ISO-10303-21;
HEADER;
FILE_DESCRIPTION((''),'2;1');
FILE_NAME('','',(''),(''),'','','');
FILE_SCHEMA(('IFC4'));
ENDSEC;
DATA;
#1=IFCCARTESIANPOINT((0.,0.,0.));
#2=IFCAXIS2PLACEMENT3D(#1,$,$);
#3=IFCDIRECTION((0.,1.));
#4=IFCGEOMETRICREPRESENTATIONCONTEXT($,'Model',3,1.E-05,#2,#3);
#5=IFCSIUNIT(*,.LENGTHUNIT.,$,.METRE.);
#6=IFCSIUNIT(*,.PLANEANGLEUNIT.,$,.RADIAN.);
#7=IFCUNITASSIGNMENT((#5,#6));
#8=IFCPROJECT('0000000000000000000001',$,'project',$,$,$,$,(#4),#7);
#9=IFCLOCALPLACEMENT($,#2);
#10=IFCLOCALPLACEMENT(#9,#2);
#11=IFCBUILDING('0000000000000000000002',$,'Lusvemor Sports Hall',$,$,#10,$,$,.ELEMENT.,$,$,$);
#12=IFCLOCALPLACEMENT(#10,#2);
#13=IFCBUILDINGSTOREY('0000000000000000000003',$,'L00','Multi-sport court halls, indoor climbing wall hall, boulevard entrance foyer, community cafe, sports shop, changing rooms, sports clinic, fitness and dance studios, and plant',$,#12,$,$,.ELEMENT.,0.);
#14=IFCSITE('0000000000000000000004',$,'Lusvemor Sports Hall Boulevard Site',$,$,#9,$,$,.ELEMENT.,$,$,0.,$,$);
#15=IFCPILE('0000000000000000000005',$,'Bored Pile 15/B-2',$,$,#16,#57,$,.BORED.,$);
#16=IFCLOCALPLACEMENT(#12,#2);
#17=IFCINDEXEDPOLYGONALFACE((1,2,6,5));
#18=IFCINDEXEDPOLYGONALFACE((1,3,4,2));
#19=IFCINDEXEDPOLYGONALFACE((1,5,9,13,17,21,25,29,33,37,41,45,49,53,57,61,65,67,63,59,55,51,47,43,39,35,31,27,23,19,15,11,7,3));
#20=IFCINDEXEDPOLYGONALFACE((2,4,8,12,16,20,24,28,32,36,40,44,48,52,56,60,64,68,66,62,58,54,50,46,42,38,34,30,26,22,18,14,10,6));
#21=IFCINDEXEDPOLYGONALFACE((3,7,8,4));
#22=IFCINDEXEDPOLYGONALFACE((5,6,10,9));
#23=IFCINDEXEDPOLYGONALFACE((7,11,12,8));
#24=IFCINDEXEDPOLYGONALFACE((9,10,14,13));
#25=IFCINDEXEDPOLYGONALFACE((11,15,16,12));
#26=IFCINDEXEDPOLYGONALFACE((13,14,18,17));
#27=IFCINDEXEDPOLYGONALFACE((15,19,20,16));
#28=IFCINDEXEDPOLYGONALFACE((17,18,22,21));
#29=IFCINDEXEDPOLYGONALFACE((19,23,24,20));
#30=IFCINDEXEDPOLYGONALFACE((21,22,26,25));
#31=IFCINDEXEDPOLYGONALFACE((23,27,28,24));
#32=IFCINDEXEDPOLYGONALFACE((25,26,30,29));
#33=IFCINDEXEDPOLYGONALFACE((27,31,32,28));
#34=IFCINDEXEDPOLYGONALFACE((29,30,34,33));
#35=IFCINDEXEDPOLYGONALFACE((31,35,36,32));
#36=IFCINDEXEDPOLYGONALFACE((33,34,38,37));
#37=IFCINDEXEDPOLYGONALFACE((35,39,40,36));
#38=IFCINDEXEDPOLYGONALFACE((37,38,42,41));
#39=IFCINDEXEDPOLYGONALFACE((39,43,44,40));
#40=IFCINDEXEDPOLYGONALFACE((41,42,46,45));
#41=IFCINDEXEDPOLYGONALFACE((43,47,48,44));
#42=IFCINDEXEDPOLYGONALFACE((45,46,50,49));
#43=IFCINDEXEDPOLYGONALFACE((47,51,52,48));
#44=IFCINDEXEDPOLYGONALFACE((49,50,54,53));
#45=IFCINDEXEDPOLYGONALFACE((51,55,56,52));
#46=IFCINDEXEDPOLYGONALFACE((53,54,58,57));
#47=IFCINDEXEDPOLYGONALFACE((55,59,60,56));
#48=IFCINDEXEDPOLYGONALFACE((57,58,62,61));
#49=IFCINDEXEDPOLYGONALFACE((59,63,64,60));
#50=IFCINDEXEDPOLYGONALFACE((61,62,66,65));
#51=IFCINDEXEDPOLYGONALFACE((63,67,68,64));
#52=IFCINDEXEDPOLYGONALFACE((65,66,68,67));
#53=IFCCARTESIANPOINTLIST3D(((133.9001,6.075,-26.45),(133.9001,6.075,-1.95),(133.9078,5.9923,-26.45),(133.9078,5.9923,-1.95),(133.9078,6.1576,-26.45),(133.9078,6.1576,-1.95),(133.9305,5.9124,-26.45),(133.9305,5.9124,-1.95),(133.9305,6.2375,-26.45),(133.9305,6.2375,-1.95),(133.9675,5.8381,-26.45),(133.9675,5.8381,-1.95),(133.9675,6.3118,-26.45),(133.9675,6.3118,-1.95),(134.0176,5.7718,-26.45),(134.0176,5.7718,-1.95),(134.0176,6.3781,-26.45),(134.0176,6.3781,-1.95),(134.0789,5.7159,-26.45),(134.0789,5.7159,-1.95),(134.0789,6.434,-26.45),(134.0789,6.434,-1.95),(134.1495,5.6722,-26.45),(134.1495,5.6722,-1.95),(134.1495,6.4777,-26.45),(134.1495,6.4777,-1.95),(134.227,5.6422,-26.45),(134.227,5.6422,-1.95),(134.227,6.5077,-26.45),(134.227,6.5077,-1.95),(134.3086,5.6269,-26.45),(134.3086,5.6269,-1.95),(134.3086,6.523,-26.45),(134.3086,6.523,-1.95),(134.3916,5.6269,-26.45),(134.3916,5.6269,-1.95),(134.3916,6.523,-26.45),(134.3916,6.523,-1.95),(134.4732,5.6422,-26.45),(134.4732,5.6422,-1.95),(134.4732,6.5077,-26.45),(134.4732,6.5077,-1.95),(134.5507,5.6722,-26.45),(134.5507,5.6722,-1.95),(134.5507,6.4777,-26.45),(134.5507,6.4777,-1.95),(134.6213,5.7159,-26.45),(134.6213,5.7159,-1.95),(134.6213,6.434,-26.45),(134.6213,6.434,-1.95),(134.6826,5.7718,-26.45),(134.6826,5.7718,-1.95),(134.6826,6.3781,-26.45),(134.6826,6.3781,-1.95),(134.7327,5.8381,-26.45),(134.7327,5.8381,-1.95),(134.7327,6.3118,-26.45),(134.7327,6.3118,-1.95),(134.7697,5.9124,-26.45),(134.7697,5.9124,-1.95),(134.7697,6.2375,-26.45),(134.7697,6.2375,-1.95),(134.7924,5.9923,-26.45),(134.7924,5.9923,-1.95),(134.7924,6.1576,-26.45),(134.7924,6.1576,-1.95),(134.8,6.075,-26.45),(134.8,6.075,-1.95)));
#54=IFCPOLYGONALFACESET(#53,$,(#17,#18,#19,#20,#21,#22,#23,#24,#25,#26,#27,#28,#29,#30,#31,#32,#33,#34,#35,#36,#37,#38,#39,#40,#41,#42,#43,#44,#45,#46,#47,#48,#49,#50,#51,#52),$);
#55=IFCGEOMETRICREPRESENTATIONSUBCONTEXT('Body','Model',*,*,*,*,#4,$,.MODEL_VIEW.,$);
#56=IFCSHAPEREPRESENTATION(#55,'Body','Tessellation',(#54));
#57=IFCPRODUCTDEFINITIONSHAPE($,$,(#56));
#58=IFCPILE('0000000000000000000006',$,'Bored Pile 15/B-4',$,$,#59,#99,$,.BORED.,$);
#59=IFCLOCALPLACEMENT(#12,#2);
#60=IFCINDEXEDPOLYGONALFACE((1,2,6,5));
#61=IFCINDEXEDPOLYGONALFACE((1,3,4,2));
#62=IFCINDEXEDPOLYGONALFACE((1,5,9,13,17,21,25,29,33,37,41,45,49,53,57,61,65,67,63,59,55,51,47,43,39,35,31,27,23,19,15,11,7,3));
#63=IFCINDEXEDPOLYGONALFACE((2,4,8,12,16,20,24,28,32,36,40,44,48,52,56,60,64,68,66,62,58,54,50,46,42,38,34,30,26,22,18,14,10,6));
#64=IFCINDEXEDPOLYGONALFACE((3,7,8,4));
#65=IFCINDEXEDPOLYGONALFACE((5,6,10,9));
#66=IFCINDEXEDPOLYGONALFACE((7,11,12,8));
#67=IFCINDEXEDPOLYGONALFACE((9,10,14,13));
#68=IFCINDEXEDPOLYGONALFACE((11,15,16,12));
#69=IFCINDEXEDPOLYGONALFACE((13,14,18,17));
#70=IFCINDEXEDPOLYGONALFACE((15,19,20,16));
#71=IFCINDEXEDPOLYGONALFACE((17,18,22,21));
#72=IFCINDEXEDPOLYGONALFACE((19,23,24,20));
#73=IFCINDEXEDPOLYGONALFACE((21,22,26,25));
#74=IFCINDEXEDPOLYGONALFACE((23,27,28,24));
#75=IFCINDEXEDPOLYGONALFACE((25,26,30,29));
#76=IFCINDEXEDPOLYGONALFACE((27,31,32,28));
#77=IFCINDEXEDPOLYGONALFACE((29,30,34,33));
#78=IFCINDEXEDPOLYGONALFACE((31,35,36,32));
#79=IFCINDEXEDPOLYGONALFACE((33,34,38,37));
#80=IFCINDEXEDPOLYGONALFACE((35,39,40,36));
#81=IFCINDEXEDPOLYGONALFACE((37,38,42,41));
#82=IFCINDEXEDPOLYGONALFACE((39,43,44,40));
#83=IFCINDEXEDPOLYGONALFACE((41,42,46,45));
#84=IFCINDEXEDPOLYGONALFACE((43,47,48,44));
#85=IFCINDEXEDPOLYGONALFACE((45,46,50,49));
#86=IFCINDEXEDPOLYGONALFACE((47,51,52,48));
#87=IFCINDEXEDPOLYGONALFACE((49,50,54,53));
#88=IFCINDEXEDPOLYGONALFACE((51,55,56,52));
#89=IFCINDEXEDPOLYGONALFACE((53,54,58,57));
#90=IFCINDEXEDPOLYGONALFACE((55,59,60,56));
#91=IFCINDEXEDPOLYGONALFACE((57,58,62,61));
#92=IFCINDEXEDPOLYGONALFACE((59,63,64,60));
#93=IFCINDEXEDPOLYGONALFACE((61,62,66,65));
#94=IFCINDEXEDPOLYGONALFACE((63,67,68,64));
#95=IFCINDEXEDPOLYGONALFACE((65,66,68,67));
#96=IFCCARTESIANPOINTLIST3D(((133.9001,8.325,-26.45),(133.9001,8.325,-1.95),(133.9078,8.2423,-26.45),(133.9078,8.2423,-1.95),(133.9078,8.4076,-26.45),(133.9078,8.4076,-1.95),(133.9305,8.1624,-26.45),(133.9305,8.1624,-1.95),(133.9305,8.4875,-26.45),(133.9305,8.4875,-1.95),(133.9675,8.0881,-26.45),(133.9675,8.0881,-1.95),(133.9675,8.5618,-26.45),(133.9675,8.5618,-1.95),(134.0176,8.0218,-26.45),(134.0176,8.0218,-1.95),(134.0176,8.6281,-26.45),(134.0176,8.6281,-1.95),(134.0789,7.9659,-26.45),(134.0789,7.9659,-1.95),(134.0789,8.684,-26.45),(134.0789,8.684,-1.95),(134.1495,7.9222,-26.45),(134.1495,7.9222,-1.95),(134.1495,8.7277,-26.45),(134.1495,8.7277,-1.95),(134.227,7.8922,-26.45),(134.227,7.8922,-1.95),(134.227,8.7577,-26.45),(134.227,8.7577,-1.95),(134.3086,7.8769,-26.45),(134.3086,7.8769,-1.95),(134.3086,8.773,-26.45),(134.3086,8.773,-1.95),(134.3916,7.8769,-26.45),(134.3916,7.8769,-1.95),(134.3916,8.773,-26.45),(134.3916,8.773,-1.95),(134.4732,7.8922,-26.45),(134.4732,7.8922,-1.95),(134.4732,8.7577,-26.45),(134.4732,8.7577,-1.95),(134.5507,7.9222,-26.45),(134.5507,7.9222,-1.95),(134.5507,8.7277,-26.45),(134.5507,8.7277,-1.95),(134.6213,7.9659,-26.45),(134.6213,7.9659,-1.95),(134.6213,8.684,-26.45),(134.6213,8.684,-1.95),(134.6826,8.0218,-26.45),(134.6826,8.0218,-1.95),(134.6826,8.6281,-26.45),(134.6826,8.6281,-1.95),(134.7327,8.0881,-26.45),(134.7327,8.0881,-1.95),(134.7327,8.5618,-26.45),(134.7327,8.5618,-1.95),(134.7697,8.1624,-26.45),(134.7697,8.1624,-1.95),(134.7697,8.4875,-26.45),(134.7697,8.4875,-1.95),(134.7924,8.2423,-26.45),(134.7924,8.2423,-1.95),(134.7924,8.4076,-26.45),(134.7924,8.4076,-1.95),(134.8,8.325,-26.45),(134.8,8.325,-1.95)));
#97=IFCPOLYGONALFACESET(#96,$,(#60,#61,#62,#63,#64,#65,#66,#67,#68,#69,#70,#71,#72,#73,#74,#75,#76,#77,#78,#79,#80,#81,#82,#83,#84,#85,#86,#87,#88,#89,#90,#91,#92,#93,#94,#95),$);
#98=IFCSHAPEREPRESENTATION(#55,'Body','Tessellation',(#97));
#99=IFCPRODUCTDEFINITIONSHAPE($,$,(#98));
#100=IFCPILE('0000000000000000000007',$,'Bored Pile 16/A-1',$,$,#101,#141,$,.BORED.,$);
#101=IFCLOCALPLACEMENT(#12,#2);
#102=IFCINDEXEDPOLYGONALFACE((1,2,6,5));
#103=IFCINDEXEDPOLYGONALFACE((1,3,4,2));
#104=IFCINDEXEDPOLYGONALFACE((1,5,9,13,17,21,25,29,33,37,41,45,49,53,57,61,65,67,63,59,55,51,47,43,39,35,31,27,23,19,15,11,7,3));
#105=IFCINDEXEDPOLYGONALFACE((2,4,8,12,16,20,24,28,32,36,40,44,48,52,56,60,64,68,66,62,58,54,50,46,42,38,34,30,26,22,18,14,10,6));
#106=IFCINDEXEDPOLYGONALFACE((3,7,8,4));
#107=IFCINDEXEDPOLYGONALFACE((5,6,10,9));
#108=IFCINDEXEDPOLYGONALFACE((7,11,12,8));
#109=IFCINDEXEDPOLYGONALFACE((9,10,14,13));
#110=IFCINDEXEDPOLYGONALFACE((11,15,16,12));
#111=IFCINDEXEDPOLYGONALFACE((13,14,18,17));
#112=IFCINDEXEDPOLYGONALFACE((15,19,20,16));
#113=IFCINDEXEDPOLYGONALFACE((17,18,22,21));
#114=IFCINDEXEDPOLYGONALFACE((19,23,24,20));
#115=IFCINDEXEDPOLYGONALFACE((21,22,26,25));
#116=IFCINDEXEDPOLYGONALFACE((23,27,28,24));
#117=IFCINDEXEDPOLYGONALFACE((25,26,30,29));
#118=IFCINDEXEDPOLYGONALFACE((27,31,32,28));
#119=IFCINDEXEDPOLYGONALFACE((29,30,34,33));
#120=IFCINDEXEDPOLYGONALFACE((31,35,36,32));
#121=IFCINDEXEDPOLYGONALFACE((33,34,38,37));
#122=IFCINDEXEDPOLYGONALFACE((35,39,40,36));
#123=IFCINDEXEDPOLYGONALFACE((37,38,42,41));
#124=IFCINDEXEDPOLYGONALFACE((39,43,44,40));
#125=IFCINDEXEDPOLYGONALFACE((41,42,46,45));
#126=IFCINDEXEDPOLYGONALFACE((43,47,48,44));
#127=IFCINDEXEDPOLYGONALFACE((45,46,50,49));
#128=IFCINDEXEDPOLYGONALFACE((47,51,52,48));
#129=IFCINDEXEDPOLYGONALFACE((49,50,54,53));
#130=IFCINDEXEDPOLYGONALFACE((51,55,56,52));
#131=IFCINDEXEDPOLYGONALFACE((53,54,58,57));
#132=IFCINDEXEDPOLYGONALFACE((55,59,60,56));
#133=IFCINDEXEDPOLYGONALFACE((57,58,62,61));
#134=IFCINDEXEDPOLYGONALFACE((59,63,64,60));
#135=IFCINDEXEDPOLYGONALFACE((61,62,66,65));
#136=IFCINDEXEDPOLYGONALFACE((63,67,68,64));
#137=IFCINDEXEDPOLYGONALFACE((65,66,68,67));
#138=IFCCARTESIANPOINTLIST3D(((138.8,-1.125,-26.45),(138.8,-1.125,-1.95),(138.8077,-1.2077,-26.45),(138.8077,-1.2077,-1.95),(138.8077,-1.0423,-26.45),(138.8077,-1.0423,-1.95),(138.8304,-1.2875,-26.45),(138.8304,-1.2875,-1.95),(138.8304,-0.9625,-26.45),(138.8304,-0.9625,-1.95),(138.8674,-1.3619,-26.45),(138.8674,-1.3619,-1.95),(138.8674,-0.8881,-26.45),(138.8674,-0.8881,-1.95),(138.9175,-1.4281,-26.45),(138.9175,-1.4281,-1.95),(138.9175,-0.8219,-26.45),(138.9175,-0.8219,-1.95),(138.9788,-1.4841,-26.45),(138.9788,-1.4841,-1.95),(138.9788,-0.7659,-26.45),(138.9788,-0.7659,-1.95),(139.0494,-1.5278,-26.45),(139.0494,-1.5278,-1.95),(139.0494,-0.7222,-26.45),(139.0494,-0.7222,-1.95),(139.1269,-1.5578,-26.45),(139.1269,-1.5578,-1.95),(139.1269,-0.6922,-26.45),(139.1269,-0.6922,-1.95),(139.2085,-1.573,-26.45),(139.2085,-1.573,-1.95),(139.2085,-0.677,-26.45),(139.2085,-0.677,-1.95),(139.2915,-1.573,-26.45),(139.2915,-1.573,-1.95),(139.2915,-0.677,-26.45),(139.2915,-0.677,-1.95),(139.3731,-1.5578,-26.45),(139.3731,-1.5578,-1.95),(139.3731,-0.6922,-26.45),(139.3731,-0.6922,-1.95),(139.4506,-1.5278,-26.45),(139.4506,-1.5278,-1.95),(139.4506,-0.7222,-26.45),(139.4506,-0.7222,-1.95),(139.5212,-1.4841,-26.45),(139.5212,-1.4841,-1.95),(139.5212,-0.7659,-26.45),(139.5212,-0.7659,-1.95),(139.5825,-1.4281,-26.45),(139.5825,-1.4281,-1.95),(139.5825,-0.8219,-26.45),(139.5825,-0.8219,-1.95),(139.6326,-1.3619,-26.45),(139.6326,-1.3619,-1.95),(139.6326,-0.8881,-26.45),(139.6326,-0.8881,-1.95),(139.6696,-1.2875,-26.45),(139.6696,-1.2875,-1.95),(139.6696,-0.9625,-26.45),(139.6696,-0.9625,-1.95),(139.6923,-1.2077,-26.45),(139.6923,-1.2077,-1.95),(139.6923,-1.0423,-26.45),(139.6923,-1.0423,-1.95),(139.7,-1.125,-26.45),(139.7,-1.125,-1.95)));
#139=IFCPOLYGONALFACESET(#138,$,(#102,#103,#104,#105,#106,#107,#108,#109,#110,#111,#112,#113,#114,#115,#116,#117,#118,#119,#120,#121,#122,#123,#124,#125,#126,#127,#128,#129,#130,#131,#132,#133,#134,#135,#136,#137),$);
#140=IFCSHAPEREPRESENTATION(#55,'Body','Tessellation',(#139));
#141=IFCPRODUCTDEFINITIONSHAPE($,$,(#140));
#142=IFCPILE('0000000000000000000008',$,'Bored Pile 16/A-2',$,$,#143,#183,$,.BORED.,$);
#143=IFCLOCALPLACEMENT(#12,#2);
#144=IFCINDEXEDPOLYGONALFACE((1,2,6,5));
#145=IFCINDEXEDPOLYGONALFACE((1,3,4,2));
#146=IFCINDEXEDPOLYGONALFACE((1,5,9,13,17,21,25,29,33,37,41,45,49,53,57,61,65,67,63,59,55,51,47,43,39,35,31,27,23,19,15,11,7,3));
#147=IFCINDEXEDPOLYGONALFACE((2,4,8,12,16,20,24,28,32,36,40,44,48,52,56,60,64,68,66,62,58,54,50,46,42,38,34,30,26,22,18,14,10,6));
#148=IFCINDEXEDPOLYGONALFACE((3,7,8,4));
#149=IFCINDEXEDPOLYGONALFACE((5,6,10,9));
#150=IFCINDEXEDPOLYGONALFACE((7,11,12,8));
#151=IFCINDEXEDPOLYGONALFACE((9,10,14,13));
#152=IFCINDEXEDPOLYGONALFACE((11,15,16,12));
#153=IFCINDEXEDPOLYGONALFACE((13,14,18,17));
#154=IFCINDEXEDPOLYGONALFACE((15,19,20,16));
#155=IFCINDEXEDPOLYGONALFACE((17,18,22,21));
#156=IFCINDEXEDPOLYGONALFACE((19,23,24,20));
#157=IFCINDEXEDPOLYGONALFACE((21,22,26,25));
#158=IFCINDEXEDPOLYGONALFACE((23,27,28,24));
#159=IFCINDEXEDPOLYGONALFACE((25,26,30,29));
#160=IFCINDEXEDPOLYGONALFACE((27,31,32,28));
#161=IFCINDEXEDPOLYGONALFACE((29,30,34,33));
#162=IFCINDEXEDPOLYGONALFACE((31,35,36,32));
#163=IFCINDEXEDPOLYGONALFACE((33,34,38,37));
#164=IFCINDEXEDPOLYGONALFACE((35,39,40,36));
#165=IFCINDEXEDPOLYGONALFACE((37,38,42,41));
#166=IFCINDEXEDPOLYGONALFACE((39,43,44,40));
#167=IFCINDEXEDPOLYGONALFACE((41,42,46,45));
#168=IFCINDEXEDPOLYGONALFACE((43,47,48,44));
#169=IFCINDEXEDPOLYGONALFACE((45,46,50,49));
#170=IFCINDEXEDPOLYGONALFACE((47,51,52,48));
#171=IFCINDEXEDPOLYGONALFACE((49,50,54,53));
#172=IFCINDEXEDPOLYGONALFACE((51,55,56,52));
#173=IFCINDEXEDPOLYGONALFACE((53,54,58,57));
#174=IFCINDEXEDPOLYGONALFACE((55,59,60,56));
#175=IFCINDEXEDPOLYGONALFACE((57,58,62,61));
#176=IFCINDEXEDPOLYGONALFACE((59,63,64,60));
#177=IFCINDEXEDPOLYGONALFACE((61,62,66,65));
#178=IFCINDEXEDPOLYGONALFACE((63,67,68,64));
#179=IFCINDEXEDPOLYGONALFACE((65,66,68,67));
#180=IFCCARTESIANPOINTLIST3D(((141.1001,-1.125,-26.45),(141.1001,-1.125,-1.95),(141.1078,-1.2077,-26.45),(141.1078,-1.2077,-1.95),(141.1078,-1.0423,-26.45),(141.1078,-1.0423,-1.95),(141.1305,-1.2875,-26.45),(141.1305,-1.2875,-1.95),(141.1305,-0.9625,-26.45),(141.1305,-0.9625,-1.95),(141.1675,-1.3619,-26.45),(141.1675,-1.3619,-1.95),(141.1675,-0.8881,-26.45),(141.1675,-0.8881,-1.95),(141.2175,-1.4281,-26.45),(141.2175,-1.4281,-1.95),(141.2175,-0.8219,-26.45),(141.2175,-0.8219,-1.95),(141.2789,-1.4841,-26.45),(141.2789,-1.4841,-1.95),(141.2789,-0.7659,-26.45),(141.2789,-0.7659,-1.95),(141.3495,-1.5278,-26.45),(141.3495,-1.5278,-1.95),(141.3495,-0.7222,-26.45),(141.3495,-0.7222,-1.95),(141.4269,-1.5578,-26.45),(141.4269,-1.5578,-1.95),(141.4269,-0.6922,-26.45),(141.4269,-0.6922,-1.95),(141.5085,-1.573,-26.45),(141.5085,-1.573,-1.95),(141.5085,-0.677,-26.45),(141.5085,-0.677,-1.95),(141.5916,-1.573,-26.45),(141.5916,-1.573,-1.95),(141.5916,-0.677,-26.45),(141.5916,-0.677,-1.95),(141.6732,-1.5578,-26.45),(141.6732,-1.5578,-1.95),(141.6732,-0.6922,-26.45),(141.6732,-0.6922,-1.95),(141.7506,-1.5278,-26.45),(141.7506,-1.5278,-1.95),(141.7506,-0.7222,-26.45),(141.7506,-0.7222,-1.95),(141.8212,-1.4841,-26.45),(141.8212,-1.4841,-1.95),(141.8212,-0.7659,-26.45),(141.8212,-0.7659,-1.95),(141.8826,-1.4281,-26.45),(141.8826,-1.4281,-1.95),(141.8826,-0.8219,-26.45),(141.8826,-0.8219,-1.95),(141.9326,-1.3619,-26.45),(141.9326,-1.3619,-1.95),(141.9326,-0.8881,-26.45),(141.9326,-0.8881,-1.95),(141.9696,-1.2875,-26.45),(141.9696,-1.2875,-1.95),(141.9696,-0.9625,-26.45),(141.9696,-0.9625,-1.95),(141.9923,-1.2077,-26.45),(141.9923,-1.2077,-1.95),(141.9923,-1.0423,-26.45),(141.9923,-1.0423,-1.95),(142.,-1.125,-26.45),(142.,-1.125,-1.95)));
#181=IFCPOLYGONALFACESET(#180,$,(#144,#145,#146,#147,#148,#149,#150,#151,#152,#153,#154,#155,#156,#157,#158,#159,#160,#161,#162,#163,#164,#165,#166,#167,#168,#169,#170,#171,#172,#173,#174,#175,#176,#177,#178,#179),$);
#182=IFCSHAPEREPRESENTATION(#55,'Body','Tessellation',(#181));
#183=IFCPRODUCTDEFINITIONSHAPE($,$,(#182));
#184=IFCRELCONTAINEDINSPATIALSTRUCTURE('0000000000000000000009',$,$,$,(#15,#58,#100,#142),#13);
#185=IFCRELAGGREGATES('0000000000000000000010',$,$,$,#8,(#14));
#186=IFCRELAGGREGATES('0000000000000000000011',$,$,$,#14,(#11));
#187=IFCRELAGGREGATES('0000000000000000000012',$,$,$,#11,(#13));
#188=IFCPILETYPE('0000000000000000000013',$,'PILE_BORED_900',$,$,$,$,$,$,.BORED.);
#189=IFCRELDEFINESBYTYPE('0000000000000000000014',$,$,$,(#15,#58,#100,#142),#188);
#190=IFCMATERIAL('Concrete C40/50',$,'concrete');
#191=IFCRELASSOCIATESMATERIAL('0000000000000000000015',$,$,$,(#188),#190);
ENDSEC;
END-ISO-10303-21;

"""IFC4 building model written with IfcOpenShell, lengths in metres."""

from ifc_helpers import new_model, si_unit, direction, frame, origin, origin_2d, place, context, subcontext, project, spatial, circle, extrude, material, material_profile, profile_set, type_object, element, save


model = new_model("IFC4")

# Units and contexts
model_context = context("Model", 3, precision=1e-05, world=origin(), true_north=direction((0.0, 1.0)))
body_context = subcontext(model_context, "Body", "Model", "MODEL_VIEW")
ifc_project = project(units=[si_unit("LENGTHUNIT", "METRE"), si_unit("PLANEANGLEUNIT", "RADIAN")], contexts=[model_context])

# Site, building, storey
site_placement = place(None, origin())
site = spatial("IfcSite", under=ifc_project, at=site_placement, Name="Lusvemor Sports Hall Boulevard Site", CompositionType="ELEMENT", RefElevation=0.0)
building_placement = place(site_placement, origin())
building = spatial("IfcBuilding", under=site, at=building_placement, Name="Lusvemor Sports Hall", CompositionType="ELEMENT")
storey_placement = place(building_placement, origin())
storey = spatial("IfcBuildingStorey", under=building, at=storey_placement, Name="L00", Description="Multi-sport court halls, indoor climbing wall hall, boulevard entrance foyer, community cafe, sports shop, changing rooms, sports clinic, fitness and dance studios, and plant", CompositionType="ELEMENT", Elevation=0.0)

# Piles
ifc_material_1 = material(Name="Concrete C40/50", Category="concrete")
ifc_material_profile_1 = material_profile(ifc_material_1, circle(Radius=0.45, at=origin_2d()), Name="PILE900")
ifc_profile_set_1 = profile_set([ifc_material_profile_1], Name="Concrete C40/50")
pile_type = type_object("IfcPileType", Name="PILE_BORED_900", PredefinedType="BORED", material=ifc_profile_set_1)
for number, where, z_axis, x_axis, name in (
    (1, (134.3501, 6.075, -1.95), (0.0, 0.0, -1.0), (1.0, 0.0, 0.0), "Bored Pile 15/B-2"),
    (2, (134.3501, 8.325, -1.95), (0.0, 0.0, -1.0), (1.0, 0.0, 0.0), "Bored Pile 15/B-4"),
    (3, (139.25, -1.125, -1.95), (0.0, 0.0, -1.0), (1.0, 0.0, 0.0), "Bored Pile 16/A-1"),
    (4, (141.55, -1.125, -1.95), (0.0, 0.0, -1.0), (1.0, 0.0, 0.0), "Bored Pile 16/A-2"),
):
    element("IfcPile", number, at=place(storey_placement, frame(where, z_axis=z_axis, x_axis=x_axis)), inside=storey, type_object=pile_type, Name=name, PredefinedType="BORED", context=body_context, shape_type="SweptSolid", body=[
        extrude(circle(Radius=0.45, at=origin_2d()), origin(), (0.0, 0.0, 1.0), 24.5),
    ])

save(model, "model.ifc")
